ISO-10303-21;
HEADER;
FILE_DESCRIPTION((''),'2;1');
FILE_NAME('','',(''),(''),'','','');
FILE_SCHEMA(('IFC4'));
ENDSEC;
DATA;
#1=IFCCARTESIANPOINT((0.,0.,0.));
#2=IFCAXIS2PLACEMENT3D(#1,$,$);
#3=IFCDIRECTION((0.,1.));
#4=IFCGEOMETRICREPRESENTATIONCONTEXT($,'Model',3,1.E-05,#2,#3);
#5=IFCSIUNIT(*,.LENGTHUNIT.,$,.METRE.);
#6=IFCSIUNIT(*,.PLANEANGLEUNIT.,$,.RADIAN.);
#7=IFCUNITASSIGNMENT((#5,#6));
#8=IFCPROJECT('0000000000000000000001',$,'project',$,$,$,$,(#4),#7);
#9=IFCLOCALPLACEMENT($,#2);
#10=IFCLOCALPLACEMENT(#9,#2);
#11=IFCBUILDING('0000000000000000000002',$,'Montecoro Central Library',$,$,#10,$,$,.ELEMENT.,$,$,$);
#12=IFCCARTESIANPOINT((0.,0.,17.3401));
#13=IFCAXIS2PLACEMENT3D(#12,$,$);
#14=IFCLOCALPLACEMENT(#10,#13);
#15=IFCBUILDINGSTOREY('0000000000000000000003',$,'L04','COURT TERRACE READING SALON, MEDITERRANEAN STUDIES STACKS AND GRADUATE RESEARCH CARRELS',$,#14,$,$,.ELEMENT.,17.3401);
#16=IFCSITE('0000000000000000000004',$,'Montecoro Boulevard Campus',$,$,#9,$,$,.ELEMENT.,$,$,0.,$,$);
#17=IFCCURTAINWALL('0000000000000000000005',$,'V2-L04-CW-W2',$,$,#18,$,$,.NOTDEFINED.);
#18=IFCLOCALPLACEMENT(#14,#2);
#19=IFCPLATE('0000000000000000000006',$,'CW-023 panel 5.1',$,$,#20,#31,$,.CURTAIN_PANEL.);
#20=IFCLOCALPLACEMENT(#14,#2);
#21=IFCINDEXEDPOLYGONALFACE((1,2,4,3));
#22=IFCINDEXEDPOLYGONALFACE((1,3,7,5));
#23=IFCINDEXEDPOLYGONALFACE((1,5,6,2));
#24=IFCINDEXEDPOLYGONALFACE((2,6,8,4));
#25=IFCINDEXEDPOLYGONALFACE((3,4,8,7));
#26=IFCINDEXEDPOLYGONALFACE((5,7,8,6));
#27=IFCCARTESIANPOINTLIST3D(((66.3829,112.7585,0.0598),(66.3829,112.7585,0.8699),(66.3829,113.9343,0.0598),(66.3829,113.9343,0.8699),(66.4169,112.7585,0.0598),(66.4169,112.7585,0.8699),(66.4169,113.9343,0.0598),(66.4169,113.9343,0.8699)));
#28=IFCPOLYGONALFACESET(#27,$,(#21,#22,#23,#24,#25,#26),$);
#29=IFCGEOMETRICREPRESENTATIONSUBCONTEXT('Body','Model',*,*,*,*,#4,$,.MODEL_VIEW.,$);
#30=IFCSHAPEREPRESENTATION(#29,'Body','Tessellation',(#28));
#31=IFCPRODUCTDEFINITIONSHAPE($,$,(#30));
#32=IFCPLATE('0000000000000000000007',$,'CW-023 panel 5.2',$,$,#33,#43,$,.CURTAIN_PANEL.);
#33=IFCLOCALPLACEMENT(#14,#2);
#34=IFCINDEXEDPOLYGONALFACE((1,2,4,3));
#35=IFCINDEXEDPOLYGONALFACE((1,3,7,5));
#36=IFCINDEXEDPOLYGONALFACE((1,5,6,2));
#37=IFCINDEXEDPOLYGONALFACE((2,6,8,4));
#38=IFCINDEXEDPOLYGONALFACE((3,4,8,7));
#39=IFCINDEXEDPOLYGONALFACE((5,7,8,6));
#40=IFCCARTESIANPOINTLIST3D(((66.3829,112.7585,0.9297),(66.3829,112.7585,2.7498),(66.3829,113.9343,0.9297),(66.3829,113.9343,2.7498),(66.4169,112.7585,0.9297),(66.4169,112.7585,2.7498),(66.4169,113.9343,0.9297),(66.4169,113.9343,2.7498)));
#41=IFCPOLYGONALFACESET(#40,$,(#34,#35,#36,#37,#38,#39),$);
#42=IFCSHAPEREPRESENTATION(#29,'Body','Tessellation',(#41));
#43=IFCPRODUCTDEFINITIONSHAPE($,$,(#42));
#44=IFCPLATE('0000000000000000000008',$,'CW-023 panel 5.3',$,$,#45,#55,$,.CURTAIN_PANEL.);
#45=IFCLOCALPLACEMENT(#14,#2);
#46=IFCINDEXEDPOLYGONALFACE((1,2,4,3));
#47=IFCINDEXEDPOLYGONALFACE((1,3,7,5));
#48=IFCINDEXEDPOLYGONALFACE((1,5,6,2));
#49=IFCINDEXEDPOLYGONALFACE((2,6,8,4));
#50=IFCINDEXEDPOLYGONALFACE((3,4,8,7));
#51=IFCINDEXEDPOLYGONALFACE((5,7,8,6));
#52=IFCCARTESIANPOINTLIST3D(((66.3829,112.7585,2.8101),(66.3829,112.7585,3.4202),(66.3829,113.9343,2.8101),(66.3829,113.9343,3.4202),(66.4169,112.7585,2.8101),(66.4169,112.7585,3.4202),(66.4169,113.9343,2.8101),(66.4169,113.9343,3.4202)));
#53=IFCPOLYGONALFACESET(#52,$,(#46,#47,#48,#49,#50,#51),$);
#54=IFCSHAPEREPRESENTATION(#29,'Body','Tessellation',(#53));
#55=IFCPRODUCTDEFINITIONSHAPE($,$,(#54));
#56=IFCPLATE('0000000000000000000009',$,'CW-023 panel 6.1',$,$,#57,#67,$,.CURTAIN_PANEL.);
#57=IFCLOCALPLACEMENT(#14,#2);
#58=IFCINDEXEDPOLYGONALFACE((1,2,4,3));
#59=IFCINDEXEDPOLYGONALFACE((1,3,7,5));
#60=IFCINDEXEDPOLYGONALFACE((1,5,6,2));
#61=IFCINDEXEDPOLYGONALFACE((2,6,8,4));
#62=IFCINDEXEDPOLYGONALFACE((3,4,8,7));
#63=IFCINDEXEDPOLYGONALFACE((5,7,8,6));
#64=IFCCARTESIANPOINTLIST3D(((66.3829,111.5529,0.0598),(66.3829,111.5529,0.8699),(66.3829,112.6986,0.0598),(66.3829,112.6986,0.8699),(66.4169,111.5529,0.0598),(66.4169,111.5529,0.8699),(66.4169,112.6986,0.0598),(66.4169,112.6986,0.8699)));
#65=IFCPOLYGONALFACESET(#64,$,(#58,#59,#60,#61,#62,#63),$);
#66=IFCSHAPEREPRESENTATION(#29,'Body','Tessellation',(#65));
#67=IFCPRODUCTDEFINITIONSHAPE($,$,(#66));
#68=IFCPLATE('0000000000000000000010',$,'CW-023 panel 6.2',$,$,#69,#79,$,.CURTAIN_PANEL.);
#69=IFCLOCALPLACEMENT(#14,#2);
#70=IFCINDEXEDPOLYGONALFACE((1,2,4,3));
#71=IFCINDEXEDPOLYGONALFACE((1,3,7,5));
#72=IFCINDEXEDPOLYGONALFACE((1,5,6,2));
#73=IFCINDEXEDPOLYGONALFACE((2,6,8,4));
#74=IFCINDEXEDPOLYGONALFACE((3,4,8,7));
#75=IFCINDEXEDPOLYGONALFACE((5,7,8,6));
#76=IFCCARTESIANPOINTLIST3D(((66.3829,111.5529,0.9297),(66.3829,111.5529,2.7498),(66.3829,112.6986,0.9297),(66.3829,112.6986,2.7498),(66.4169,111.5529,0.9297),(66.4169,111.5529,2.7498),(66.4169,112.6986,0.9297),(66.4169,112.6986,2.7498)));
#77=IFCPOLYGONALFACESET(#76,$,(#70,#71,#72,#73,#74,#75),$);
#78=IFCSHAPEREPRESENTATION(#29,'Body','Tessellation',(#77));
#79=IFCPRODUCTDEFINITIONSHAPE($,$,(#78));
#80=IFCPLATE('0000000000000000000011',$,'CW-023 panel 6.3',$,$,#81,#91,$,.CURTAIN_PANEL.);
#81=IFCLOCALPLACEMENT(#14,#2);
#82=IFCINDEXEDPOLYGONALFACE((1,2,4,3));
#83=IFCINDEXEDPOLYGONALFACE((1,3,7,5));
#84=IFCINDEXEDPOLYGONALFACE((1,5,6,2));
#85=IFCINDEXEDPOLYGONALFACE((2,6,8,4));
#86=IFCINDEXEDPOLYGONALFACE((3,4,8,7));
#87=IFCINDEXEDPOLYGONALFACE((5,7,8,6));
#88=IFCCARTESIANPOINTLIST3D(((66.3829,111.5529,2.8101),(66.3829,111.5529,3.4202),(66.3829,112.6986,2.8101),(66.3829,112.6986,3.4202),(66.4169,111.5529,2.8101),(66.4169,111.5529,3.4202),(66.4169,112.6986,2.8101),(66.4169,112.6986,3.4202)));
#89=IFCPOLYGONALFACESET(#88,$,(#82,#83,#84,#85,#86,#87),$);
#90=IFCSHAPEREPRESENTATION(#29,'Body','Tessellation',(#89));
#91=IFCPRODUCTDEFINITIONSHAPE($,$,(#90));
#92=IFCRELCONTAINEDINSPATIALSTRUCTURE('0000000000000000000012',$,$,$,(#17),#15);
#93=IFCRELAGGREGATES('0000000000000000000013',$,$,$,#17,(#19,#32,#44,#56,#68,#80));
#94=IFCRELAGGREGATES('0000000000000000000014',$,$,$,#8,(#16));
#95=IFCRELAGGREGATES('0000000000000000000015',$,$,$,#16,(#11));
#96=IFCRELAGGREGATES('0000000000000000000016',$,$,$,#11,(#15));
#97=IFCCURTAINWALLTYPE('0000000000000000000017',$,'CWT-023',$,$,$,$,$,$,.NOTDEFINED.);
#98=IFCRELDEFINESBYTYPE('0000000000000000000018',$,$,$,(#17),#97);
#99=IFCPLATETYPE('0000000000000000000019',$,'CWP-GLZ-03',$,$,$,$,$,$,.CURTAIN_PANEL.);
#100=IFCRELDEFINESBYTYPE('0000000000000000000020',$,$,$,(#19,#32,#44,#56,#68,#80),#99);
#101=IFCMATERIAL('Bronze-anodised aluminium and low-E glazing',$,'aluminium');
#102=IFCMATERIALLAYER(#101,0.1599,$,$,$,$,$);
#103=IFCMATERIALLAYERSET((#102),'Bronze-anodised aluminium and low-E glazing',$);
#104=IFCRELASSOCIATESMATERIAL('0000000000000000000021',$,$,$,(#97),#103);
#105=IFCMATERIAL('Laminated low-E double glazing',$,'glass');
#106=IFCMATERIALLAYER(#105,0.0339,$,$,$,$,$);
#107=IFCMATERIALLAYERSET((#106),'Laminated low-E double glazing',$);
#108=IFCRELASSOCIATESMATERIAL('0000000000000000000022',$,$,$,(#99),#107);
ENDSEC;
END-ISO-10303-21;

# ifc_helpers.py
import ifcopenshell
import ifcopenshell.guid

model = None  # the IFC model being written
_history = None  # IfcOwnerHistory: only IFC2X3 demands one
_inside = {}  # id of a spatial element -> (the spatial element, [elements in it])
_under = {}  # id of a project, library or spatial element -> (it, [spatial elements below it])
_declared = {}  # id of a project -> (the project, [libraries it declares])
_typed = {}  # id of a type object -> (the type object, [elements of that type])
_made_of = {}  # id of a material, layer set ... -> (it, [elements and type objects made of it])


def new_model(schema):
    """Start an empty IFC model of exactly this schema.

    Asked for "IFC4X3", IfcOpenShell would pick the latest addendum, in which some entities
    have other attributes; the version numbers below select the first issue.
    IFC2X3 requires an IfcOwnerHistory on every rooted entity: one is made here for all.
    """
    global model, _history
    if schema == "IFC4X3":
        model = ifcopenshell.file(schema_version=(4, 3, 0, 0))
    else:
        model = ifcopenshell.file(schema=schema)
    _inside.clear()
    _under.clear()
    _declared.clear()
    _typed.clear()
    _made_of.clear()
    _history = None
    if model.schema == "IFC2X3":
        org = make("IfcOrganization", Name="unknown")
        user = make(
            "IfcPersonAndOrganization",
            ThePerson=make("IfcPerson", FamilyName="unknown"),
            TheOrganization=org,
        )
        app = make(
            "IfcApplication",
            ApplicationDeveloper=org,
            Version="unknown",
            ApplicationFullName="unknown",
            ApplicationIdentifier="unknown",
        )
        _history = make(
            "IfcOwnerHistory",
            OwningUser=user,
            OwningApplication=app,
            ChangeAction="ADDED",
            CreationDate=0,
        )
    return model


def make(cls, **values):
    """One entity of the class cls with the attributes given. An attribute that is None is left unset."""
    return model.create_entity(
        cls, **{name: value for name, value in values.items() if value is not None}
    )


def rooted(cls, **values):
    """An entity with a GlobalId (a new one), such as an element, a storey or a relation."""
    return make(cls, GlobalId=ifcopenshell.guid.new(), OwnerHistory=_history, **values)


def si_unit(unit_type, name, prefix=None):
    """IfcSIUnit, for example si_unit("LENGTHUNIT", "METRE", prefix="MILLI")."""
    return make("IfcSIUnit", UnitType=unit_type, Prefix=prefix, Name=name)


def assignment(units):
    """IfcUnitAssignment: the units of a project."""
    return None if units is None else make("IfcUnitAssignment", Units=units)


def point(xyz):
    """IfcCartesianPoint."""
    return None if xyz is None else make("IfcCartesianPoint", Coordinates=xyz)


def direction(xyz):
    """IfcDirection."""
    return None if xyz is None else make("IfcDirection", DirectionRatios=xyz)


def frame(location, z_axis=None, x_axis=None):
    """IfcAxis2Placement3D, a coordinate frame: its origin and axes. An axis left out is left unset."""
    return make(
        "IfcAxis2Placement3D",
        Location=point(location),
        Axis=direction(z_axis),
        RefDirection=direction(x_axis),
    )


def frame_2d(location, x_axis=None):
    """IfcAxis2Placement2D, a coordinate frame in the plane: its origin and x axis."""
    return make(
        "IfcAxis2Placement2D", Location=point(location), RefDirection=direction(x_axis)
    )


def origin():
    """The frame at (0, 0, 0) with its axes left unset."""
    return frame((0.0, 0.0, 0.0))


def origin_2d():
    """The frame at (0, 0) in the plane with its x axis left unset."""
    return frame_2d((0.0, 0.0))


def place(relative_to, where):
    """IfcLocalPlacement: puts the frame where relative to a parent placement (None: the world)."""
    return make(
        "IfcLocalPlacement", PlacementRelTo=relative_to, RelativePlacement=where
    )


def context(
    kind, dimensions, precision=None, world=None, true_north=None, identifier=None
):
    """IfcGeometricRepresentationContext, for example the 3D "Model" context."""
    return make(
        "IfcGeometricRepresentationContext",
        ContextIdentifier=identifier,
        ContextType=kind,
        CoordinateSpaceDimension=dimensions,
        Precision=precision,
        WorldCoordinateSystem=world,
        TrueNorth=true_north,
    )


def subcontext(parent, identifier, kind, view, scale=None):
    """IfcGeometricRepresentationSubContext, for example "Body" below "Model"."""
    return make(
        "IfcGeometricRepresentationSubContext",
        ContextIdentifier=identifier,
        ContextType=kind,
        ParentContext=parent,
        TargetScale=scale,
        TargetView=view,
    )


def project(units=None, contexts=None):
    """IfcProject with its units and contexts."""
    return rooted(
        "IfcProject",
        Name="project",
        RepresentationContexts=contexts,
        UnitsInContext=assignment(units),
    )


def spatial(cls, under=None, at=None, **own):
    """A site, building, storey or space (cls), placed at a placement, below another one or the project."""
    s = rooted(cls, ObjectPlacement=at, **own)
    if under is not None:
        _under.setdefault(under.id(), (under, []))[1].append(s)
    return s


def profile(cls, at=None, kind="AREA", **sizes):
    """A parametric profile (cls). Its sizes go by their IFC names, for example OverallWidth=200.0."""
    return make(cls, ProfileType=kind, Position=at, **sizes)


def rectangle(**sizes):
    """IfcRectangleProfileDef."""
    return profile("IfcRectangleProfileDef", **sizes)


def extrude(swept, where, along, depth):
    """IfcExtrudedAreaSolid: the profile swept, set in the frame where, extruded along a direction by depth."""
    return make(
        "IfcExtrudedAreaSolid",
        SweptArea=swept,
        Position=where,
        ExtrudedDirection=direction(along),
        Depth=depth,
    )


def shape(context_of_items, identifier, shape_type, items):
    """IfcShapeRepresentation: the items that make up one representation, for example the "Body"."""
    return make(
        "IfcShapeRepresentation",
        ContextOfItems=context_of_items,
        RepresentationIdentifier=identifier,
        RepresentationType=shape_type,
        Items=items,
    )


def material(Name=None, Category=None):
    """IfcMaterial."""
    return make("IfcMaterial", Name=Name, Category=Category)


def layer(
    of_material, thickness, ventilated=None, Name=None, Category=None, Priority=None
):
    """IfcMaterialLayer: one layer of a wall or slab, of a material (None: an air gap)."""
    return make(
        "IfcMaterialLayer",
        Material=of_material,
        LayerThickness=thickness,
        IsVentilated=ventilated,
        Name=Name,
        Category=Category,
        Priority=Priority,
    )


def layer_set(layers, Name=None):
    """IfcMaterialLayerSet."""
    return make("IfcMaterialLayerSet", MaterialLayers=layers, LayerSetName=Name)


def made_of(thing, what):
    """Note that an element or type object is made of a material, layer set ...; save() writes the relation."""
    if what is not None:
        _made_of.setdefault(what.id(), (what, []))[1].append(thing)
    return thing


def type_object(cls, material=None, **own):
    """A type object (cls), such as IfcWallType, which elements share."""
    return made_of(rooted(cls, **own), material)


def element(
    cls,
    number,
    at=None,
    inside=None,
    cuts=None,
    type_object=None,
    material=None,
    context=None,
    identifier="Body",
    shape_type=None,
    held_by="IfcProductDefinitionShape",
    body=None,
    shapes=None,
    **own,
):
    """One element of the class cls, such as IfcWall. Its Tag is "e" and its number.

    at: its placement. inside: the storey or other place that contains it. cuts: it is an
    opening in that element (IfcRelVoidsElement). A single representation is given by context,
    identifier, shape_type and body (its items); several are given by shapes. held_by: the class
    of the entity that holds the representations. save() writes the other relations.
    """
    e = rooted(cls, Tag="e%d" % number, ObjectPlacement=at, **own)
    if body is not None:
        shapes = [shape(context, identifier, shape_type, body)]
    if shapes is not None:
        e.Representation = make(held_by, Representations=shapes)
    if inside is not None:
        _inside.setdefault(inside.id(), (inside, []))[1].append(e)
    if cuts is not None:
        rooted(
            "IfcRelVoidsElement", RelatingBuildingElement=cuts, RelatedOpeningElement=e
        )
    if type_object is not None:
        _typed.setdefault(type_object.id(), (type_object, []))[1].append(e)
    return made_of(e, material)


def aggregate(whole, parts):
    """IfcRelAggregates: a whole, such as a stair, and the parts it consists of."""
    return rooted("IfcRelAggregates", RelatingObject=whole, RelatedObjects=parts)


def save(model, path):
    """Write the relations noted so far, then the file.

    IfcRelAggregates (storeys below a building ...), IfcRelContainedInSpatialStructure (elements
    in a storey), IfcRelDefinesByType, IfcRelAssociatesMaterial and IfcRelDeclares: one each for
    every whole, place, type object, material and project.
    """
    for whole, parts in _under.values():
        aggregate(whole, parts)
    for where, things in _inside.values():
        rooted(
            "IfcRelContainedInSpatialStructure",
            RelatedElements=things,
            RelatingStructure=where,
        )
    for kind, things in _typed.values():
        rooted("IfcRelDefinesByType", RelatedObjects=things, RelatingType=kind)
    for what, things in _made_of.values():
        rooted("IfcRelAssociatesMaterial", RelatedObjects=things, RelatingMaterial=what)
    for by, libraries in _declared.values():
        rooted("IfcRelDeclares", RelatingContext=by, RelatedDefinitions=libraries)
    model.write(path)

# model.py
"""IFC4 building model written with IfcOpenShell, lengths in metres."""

from ifc_helpers import new_model, si_unit, direction, frame, origin, origin_2d, place, context, subcontext, project, spatial, rectangle, extrude, material, layer, layer_set, type_object, element, aggregate, save


model = new_model("IFC4")

# Units and contexts
model_context = context("Model", 3, precision=1e-05, world=origin(), true_north=direction((0.0, 1.0)))
body_context = subcontext(model_context, "Body", "Model", "MODEL_VIEW")
ifc_project = project(units=[si_unit("LENGTHUNIT", "METRE"), si_unit("PLANEANGLEUNIT", "RADIAN")], contexts=[model_context])

# Site, building, storey
site_placement = place(None, origin())
site = spatial("IfcSite", under=ifc_project, at=site_placement, Name="Montecoro Boulevard Campus", CompositionType="ELEMENT", RefElevation=0.0)
building_placement = place(site_placement, origin())
building = spatial("IfcBuilding", under=site, at=building_placement, Name="Montecoro Central Library", CompositionType="ELEMENT")
storey_placement = place(building_placement, frame((0.0, 0.0, 17.3401)))
storey = spatial("IfcBuildingStorey", under=building, at=storey_placement, Name="L04", Description="COURT TERRACE READING SALON, MEDITERRANEAN STUDIES STACKS AND GRADUATE RESEARCH CARRELS", CompositionType="ELEMENT", Elevation=17.3401)

# Curtain wall, plates
ifc_material_1 = material(Name="Bronze-anodised aluminium and low-E glazing", Category="aluminium")
ifc_layer_1 = layer(ifc_material_1, 0.1599)
ifc_layer_set_1 = layer_set([ifc_layer_1], Name="Bronze-anodised aluminium and low-E glazing")
curtain_wall_type = type_object("IfcCurtainWallType", Name="CWT-023", PredefinedType="NOTDEFINED", material=ifc_layer_set_1)
curtain_wall_placement = place(storey_placement, origin())
curtain_wall = element("IfcCurtainWall", 1, at=curtain_wall_placement, inside=storey, type_object=curtain_wall_type, Name="V2-L04-CW-W2", PredefinedType="NOTDEFINED")
ifc_material_2 = material(Name="Laminated low-E double glazing", Category="glass")
ifc_layer_2 = layer(ifc_material_2, 0.0339)
ifc_layer_set_2 = layer_set([ifc_layer_2], Name="Laminated low-E double glazing")
plate_type = type_object("IfcPlateType", Name="CWP-GLZ-03", PredefinedType="CURTAIN_PANEL", material=ifc_layer_set_2)
plate_1_placement = place(storey_placement, frame((66.3999, 113.3464, 0.0598), z_axis=(0.0, 0.0, 1.0), x_axis=(0.0, -1.0, 0.0)))
plate_1 = element("IfcPlate", 2, at=plate_1_placement, type_object=plate_type, Name="CW-023 panel 5.1", PredefinedType="CURTAIN_PANEL", context=body_context, shape_type="SweptSolid", body=[
    extrude(rectangle(XDim=1.1758, YDim=0.0339, at=origin_2d()), origin(), (0.0, 0.0, 1.0), 0.8101),
])
plate_2_placement = place(storey_placement, frame((66.3999, 113.3464, 0.9297), z_axis=(0.0, 0.0, 1.0), x_axis=(0.0, -1.0, 0.0)))
plate_2 = element("IfcPlate", 3, at=plate_2_placement, type_object=plate_type, Name="CW-023 panel 5.2", PredefinedType="CURTAIN_PANEL", context=body_context, shape_type="SweptSolid", body=[
    extrude(rectangle(XDim=1.1758, YDim=0.0339, at=origin_2d()), origin(), (0.0, 0.0, 1.0), 1.8201),
])
plate_3_placement = place(storey_placement, frame((66.3999, 113.3464, 2.8101), z_axis=(0.0, 0.0, 1.0), x_axis=(0.0, -1.0, 0.0)))
plate_3 = element("IfcPlate", 4, at=plate_3_placement, type_object=plate_type, Name="CW-023 panel 5.3", PredefinedType="CURTAIN_PANEL", context=body_context, shape_type="SweptSolid", body=[
    extrude(rectangle(XDim=1.1758, YDim=0.0339, at=origin_2d()), origin(), (0.0, 0.0, 1.0), 0.6101),
])
plate_4_placement = place(storey_placement, frame((66.3999, 112.1257, 0.0598), z_axis=(0.0, 0.0, 1.0), x_axis=(0.0, -1.0, 0.0)))
plate_4 = element("IfcPlate", 5, at=plate_4_placement, type_object=plate_type, Name="CW-023 panel 6.1", PredefinedType="CURTAIN_PANEL", context=body_context, shape_type="SweptSolid", body=[
    extrude(rectangle(XDim=1.1458, YDim=0.0339, at=origin_2d()), origin(), (0.0, 0.0, 1.0), 0.8101),
])
plate_5_placement = place(storey_placement, frame((66.3999, 112.1257, 0.9297), z_axis=(0.0, 0.0, 1.0), x_axis=(0.0, -1.0, 0.0)))
plate_5 = element("IfcPlate", 6, at=plate_5_placement, type_object=plate_type, Name="CW-023 panel 6.2", PredefinedType="CURTAIN_PANEL", context=body_context, shape_type="SweptSolid", body=[
    extrude(rectangle(XDim=1.1458, YDim=0.0339, at=origin_2d()), origin(), (0.0, 0.0, 1.0), 1.8201),
])
plate_6_placement = place(storey_placement, frame((66.3999, 112.1257, 2.8101), z_axis=(0.0, 0.0, 1.0), x_axis=(0.0, -1.0, 0.0)))
plate_6 = element("IfcPlate", 7, at=plate_6_placement, type_object=plate_type, Name="CW-023 panel 6.3", PredefinedType="CURTAIN_PANEL", context=body_context, shape_type="SweptSolid", body=[
    extrude(rectangle(XDim=1.1458, YDim=0.0339, at=origin_2d()), origin(), (0.0, 0.0, 1.0), 0.6101),
])
aggregate(curtain_wall, [plate_1, plate_2, plate_3, plate_4, plate_5, plate_6])

save(model, "model.ifc")
